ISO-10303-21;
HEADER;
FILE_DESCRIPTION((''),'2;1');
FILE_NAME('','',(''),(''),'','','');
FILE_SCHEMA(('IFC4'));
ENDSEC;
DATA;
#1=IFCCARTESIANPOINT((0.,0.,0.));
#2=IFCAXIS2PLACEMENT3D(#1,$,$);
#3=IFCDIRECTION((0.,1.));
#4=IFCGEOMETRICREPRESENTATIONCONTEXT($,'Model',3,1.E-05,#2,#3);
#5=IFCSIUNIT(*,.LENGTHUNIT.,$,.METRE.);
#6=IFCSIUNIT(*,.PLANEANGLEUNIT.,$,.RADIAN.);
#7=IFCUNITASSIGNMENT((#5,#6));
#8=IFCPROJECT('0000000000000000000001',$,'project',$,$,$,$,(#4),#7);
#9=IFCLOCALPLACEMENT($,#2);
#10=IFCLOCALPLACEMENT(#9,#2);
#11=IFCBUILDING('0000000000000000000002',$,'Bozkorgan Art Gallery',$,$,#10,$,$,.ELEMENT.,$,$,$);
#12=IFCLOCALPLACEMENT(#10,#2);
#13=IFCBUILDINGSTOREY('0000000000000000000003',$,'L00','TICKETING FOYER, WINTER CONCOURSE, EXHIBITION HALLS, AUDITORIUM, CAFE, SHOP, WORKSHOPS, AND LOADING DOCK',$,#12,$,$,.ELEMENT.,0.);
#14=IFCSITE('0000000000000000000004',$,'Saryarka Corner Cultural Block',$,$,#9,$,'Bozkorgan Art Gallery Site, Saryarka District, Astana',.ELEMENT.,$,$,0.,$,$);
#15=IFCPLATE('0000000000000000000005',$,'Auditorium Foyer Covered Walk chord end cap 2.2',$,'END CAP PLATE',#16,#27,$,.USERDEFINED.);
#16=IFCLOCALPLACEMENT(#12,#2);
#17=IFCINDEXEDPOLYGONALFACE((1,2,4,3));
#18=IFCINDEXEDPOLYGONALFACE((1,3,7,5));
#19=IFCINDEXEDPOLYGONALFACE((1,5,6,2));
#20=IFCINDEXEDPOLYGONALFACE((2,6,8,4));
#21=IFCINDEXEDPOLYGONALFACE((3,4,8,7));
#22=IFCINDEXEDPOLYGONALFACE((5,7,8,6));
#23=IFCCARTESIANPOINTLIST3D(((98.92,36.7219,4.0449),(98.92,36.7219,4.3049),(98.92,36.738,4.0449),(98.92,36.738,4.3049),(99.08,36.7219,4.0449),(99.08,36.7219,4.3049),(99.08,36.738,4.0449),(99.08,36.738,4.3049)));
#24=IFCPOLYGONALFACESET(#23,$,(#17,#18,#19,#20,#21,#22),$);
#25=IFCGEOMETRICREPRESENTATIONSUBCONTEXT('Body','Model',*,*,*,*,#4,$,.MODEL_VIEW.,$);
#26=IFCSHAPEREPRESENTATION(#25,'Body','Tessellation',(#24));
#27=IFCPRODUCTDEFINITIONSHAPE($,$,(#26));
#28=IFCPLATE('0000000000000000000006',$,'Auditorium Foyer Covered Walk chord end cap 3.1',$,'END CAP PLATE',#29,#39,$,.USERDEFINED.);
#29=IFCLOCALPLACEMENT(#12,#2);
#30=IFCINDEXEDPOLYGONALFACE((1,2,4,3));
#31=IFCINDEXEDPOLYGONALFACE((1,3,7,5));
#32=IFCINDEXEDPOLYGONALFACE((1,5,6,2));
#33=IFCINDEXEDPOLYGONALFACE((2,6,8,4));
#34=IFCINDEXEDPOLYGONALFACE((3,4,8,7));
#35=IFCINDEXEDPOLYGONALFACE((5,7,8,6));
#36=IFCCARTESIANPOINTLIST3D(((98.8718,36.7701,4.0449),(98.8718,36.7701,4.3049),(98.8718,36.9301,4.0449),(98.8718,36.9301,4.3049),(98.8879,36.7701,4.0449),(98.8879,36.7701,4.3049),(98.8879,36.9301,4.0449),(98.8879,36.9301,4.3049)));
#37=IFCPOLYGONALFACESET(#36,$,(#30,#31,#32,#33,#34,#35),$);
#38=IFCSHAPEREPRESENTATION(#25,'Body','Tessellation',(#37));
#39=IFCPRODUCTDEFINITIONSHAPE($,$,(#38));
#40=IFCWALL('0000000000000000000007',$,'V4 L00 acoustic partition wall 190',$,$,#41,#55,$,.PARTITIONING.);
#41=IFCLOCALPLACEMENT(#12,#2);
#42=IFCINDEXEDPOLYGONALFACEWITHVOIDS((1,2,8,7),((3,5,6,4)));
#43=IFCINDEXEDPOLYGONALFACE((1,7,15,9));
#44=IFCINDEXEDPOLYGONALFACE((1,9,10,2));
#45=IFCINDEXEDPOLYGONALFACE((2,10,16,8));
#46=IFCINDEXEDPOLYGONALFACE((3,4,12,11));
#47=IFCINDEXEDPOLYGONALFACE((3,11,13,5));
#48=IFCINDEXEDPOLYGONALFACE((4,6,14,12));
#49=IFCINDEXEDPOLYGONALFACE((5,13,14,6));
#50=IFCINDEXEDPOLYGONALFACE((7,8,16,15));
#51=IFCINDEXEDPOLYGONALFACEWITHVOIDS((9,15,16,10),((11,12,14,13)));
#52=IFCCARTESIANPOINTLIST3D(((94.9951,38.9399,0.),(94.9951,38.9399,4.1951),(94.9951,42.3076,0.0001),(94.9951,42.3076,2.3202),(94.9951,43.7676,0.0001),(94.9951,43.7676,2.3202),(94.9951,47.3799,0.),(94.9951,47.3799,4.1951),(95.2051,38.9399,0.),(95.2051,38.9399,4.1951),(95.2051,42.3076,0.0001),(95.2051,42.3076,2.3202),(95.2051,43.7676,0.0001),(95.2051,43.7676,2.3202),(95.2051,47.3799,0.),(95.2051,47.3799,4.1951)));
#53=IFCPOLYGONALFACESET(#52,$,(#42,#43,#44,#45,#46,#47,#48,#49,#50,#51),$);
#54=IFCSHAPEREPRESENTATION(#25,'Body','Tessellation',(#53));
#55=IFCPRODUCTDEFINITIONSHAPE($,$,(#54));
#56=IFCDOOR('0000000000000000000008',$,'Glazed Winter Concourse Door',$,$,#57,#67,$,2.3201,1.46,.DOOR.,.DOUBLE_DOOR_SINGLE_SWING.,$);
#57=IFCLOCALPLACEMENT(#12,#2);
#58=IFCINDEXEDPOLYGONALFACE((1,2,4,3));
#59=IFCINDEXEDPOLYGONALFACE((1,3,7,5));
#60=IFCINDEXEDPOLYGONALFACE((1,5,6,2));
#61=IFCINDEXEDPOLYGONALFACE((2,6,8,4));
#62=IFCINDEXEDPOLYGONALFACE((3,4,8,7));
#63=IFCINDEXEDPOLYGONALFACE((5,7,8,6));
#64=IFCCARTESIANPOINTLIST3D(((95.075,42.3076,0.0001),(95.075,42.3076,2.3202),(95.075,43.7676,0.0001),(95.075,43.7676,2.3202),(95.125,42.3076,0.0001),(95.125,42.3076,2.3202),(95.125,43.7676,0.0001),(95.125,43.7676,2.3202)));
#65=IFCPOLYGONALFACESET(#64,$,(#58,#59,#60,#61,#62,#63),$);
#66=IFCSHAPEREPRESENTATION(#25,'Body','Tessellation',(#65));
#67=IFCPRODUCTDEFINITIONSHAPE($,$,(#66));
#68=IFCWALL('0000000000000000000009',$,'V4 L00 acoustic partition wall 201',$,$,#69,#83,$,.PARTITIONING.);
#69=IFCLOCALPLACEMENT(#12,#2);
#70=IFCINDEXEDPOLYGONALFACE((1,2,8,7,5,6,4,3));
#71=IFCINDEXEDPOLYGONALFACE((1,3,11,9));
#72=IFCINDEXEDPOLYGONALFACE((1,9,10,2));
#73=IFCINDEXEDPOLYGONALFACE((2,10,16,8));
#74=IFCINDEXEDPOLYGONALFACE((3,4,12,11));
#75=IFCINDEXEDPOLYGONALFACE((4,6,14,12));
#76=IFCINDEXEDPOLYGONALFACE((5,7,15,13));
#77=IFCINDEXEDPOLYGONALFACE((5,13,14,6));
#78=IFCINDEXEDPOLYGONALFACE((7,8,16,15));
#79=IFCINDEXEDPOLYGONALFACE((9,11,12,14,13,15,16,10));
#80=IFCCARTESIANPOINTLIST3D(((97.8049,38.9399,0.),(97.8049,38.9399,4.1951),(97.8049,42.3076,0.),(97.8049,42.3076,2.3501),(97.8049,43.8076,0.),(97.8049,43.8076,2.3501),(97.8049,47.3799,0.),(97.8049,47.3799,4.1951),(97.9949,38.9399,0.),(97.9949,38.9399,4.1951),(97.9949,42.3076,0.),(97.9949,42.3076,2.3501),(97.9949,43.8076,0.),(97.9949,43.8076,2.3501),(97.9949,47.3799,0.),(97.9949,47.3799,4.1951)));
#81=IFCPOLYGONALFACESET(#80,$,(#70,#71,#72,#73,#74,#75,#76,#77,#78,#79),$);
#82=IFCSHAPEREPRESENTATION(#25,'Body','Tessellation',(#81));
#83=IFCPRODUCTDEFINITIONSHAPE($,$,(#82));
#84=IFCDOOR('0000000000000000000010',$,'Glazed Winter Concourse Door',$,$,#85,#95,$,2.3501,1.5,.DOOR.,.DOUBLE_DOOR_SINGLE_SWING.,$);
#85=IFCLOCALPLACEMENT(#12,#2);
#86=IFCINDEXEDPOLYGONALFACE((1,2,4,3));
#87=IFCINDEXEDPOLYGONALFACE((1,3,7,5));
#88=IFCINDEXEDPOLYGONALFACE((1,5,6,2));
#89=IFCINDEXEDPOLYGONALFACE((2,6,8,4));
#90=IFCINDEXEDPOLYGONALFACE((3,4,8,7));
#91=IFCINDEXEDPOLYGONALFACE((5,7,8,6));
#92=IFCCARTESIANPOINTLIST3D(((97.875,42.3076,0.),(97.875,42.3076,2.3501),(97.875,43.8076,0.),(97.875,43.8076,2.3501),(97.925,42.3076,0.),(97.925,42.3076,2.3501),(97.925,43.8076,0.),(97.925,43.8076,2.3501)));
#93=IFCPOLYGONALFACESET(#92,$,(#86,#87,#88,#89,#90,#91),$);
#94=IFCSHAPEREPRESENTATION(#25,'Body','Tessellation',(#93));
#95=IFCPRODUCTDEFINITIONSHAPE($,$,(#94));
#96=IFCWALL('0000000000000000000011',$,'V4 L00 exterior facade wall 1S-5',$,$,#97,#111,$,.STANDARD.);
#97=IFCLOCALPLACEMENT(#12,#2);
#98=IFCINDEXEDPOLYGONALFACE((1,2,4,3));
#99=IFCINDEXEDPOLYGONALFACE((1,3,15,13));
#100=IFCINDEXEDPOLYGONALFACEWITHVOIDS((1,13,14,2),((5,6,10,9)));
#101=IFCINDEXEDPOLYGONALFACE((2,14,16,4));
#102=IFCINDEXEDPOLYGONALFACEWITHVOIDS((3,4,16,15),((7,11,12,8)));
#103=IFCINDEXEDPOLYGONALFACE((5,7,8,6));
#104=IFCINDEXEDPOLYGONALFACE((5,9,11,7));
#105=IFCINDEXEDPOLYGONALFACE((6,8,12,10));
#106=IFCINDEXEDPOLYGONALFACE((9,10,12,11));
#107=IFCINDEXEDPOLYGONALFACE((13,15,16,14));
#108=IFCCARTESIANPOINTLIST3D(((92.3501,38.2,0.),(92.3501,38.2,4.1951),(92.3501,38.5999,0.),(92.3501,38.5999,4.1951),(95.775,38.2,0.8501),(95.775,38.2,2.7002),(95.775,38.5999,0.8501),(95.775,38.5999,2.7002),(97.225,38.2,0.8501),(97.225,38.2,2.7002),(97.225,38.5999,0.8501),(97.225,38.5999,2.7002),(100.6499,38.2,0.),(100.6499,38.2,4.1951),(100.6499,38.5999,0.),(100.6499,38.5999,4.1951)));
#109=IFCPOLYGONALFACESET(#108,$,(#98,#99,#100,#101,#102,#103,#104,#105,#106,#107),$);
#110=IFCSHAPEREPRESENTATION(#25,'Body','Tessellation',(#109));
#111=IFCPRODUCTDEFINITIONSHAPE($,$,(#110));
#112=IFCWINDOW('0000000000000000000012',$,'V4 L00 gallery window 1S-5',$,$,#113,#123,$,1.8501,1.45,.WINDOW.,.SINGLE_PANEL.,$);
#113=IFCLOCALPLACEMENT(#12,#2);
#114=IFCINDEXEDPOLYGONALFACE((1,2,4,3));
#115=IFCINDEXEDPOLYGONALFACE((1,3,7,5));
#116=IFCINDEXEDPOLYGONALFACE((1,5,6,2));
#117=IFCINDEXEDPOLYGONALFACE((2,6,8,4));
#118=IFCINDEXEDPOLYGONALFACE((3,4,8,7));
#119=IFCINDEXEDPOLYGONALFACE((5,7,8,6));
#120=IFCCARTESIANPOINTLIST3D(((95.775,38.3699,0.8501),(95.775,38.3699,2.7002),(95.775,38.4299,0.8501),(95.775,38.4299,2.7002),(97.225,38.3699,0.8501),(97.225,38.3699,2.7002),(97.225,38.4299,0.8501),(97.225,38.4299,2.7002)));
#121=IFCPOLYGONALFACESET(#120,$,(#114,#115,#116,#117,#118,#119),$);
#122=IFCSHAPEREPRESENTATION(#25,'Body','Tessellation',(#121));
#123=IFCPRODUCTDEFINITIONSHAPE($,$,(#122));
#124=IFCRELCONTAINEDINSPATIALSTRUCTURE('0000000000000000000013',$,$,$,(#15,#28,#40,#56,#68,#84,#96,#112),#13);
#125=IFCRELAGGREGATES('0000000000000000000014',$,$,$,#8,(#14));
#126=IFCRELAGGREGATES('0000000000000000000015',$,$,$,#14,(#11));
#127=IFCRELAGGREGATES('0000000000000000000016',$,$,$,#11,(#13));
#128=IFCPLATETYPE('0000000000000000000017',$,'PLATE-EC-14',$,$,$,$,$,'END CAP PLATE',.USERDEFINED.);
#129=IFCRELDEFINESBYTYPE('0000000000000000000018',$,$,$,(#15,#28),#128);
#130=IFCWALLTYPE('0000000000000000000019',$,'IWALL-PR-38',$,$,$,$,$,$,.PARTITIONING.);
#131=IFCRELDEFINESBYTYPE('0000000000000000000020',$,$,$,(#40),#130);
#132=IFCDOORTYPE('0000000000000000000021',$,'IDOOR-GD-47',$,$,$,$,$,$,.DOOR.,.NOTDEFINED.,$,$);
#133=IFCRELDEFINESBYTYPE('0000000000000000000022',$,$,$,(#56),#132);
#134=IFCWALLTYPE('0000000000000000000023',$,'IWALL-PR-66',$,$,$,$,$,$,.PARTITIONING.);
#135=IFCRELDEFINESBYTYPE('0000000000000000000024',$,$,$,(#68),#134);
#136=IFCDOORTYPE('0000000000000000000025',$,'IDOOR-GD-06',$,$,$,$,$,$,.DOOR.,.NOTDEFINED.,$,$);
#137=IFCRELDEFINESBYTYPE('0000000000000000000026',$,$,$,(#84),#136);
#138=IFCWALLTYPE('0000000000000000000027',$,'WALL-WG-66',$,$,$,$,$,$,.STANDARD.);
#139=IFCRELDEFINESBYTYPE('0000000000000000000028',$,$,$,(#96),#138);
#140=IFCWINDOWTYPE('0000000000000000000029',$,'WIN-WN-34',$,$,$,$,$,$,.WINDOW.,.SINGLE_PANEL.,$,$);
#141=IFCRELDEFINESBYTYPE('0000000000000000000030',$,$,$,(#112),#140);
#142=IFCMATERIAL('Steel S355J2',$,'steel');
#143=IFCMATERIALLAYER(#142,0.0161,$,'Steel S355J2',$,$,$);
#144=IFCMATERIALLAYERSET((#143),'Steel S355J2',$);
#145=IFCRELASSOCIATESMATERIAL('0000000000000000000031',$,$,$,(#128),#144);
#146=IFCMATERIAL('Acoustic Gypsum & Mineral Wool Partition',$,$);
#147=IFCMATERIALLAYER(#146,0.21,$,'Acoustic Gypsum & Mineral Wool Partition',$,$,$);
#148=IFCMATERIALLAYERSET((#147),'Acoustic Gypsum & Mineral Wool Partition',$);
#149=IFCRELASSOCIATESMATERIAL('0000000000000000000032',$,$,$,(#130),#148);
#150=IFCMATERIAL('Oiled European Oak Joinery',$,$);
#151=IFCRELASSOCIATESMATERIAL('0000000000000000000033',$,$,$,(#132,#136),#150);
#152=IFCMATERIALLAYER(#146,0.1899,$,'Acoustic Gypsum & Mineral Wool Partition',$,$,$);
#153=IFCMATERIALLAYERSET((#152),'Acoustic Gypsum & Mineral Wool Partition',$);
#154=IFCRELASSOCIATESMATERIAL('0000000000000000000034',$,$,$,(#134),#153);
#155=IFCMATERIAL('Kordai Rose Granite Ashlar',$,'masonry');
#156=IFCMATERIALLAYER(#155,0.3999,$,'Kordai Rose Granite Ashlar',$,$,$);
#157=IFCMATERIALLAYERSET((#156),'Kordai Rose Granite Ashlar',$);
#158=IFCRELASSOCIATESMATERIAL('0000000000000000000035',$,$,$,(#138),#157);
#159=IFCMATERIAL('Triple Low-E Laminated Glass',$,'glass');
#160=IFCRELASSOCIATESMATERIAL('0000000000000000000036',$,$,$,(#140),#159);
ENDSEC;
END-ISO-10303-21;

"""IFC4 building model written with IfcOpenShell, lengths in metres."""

from ifc_helpers import new_model, si_unit, direction, frame, frame_2d, origin, origin_2d, place, context, subcontext, project, spatial, rectangle, extrude, material, layer, layer_set, type_object, element, fill, save


model = new_model("IFC4")

# Units and contexts
model_context = context("Model", 3, precision=1e-05, world=origin(), true_north=direction((0.0, 1.0)))
body_context = subcontext(model_context, "Body", "Model", "MODEL_VIEW")
ifc_project = project(units=[si_unit("LENGTHUNIT", "METRE"), si_unit("PLANEANGLEUNIT", "RADIAN")], contexts=[model_context])

# Site, building, storey
site_placement = place(None, origin())
site = spatial("IfcSite", under=ifc_project, at=site_placement, Name="Saryarka Corner Cultural Block", LongName="Bozkorgan Art Gallery Site, Saryarka District, Astana", CompositionType="ELEMENT", RefElevation=0.0)
building_placement = place(site_placement, origin())
building = spatial("IfcBuilding", under=site, at=building_placement, Name="Bozkorgan Art Gallery", CompositionType="ELEMENT")
storey_placement = place(building_placement, origin())
storey = spatial("IfcBuildingStorey", under=building, at=storey_placement, Name="L00", Description="TICKETING FOYER, WINTER CONCOURSE, EXHIBITION HALLS, AUDITORIUM, CAFE, SHOP, WORKSHOPS, AND LOADING DOCK", CompositionType="ELEMENT", Elevation=0.0)

# Shared definitions
ifc_material_1 = material(Name="Steel S355J2", Category="steel")

# Plates
ifc_layer_1 = layer(ifc_material_1, 0.0161, Name="Steel S355J2")
ifc_layer_set_1 = layer_set([ifc_layer_1], Name="Steel S355J2")
plate_type = type_object("IfcPlateType", Name="PLATE-EC-14", ElementType="END CAP PLATE", PredefinedType="USERDEFINED", material=ifc_layer_set_1)
for number, where, z_axis, x_axis, name in (
    (1, (99.0, 36.73, 4.0449), (0.0, 0.0, 1.0), (0.0, 1.0, 0.0), "Auditorium Foyer Covered Walk chord end cap 2.2"),
    (2, (98.8799, 36.8501, 4.0449), (0.0, 0.0, 1.0), (-1.0, 0.0, 0.0), "Auditorium Foyer Covered Walk chord end cap 3.1"),
):
    element("IfcPlate", number, at=place(storey_placement, frame(where, z_axis=z_axis, x_axis=x_axis)), inside=storey, type_object=plate_type, Name=name, ObjectType="END CAP PLATE", PredefinedType="USERDEFINED", context=body_context, shape_type="SweptSolid", body=[
        extrude(rectangle(XDim=0.0161, YDim=0.1599, at=origin_2d()), origin(), (0.0, 0.0, 1.0), 0.26),
    ])

# Walls, openings, doors
ifc_material_2 = material(Name="Acoustic Gypsum & Mineral Wool Partition")
ifc_layer_2 = layer(ifc_material_2, 0.21, Name="Acoustic Gypsum & Mineral Wool Partition")
ifc_layer_set_2 = layer_set([ifc_layer_2], Name="Acoustic Gypsum & Mineral Wool Partition")
wall_type_1 = type_object("IfcWallType", Name="IWALL-PR-38", PredefinedType="PARTITIONING", material=ifc_layer_set_2)
wall_1_placement = place(storey_placement, frame((95.1001, 38.9399, 0.0), z_axis=(0.0, 0.0, 1.0), x_axis=(0.0, 1.0, 0.0)))
wall_1 = element("IfcWall", 3, at=wall_1_placement, inside=storey, type_object=wall_type_1, Name="V4 L00 acoustic partition wall 190", PredefinedType="PARTITIONING", context=body_context, shape_type="SweptSolid", body=[
    extrude(rectangle(XDim=8.4399, YDim=0.21, at=frame_2d((4.22, 0.0))), origin(), (0.0, 0.0, 1.0), 4.1951),
])
opening_1_placement = place(wall_1_placement, frame((4.8276, 0.0, 0.0), z_axis=(0.0, 0.0, 1.0), x_axis=(-1.0, 0.0, 0.0)))
opening_1 = element("IfcOpeningElement", 4, at=opening_1_placement, cuts=wall_1, PredefinedType="OPENING", context=body_context, shape_type="SweptSolid", body=[
    extrude(rectangle(XDim=1.46, YDim=2.3201, at=frame_2d((0.73, 1.1602))), frame((0.0, 0.115, 0.0), z_axis=(0.0, -1.0, 0.0), x_axis=(1.0, 0.0, 0.0)), (0.0, 0.0, 1.0), 0.23),
])
ifc_material_3 = material(Name="Oiled European Oak Joinery")
door_type_1 = type_object("IfcDoorType", Name="IDOOR-GD-47", OperationType="NOTDEFINED", PredefinedType="DOOR", material=ifc_material_3)
door_1_placement = place(opening_1_placement, origin())
door_1 = element("IfcDoor", 5, at=door_1_placement, inside=storey, type_object=door_type_1, Name="Glazed Winter Concourse Door", OperationType="DOUBLE_DOOR_SINGLE_SWING", OverallHeight=2.3201, OverallWidth=1.46, PredefinedType="DOOR", context=body_context, shape_type="SweptSolid", body=[
    extrude(rectangle(XDim=1.46, YDim=2.3201, at=frame_2d((0.73, 1.1602))), frame((0.0, 0.0249, 0.0), z_axis=(0.0, -1.0, 0.0), x_axis=(1.0, 0.0, 0.0)), (0.0, 0.0, 1.0), 0.05),
])
fill(opening_1, door_1)
ifc_layer_3 = layer(ifc_material_2, 0.1899, Name="Acoustic Gypsum & Mineral Wool Partition")
ifc_layer_set_3 = layer_set([ifc_layer_3], Name="Acoustic Gypsum & Mineral Wool Partition")
wall_type_2 = type_object("IfcWallType", Name="IWALL-PR-66", PredefinedType="PARTITIONING", material=ifc_layer_set_3)
wall_2_placement = place(storey_placement, frame((97.8999, 38.9399, 0.0), z_axis=(0.0, 0.0, 1.0), x_axis=(0.0, 1.0, 0.0)))
wall_2 = element("IfcWall", 6, at=wall_2_placement, inside=storey, type_object=wall_type_2, Name="V4 L00 acoustic partition wall 201", PredefinedType="PARTITIONING", context=body_context, shape_type="SweptSolid", body=[
    extrude(rectangle(XDim=8.4399, YDim=0.1899, at=frame_2d((4.22, 0.0))), origin(), (0.0, 0.0, 1.0), 4.1951),
])
opening_2_placement = place(wall_2_placement, frame((3.3677, 0.0, 0.0)))
opening_2 = element("IfcOpeningElement", 7, at=opening_2_placement, cuts=wall_2, PredefinedType="OPENING", context=body_context, shape_type="SweptSolid", body=[
    extrude(rectangle(XDim=1.5, YDim=2.3501, at=frame_2d((0.75, 1.175))), frame((0.0, 0.105, 0.0), z_axis=(0.0, -1.0, 0.0), x_axis=(1.0, 0.0, 0.0)), (0.0, 0.0, 1.0), 0.21),
])
door_type_2 = type_object("IfcDoorType", Name="IDOOR-GD-06", OperationType="NOTDEFINED", PredefinedType="DOOR", material=ifc_material_3)
door_2_placement = place(opening_2_placement, origin())
door_2 = element("IfcDoor", 8, at=door_2_placement, inside=storey, type_object=door_type_2, Name="Glazed Winter Concourse Door", OperationType="DOUBLE_DOOR_SINGLE_SWING", OverallHeight=2.3501, OverallWidth=1.5, PredefinedType="DOOR", context=body_context, shape_type="SweptSolid", body=[
    extrude(rectangle(XDim=1.5, YDim=2.3501, at=frame_2d((0.75, 1.175))), frame((0.0, 0.0249, 0.0), z_axis=(0.0, -1.0, 0.0), x_axis=(1.0, 0.0, 0.0)), (0.0, 0.0, 1.0), 0.05),
])
fill(opening_2, door_2)

# Wall, opening, window
ifc_material_4 = material(Name="Kordai Rose Granite Ashlar", Category="masonry")
ifc_layer_4 = layer(ifc_material_4, 0.3999, Name="Kordai Rose Granite Ashlar")
ifc_layer_set_4 = layer_set([ifc_layer_4], Name="Kordai Rose Granite Ashlar")
wall_type_3 = type_object("IfcWallType", Name="WALL-WG-66", PredefinedType="STANDARD", material=ifc_layer_set_4)
wall_3_placement = place(storey_placement, frame((92.3501, 38.3999, 0.0), z_axis=(0.0, 0.0, 1.0), x_axis=(1.0, 0.0, 0.0)))
wall_3 = element("IfcWall", 9, at=wall_3_placement, inside=storey, type_object=wall_type_3, Name="V4 L00 exterior facade wall 1S-5", PredefinedType="STANDARD", context=body_context, shape_type="SweptSolid", body=[
    extrude(rectangle(XDim=8.2998, YDim=0.3999, at=frame_2d((4.1499, 0.0))), origin(), (0.0, 0.0, 1.0), 4.1951),
])
opening_3_placement = place(wall_3_placement, frame((4.875, 0.0, 0.8501), z_axis=(0.0, 0.0, 1.0), x_axis=(-1.0, 0.0, 0.0)))
opening_3 = element("IfcOpeningElement", 10, at=opening_3_placement, cuts=wall_3, PredefinedType="OPENING", context=body_context, shape_type="SweptSolid", body=[
    extrude(rectangle(XDim=1.45, YDim=1.8501, at=frame_2d((0.7251, 0.925))), frame((0.0, 0.21, 0.0), z_axis=(0.0, -1.0, 0.0), x_axis=(1.0, 0.0, 0.0)), (0.0, 0.0, 1.0), 0.4199),
])
ifc_material_5 = material(Name="Triple Low-E Laminated Glass", Category="glass")
window_type = type_object("IfcWindowType", Name="WIN-WN-34", PartitioningType="SINGLE_PANEL", PredefinedType="WINDOW", material=ifc_material_5)
window_placement = place(opening_3_placement, origin())
window = element("IfcWindow", 11, at=window_placement, inside=storey, type_object=window_type, Name="V4 L00 gallery window 1S-5", OverallHeight=1.8501, OverallWidth=1.45, PartitioningType="SINGLE_PANEL", PredefinedType="WINDOW", context=body_context, shape_type="SweptSolid", body=[
    extrude(rectangle(XDim=1.45, YDim=1.8501, at=frame_2d((0.7251, 0.925))), frame((0.0, 0.03, 0.0), z_axis=(0.0, -1.0, 0.0), x_axis=(1.0, 0.0, 0.0)), (0.0, 0.0, 1.0), 0.0601),
])
fill(opening_3, window)

save(model, "model.ifc")
